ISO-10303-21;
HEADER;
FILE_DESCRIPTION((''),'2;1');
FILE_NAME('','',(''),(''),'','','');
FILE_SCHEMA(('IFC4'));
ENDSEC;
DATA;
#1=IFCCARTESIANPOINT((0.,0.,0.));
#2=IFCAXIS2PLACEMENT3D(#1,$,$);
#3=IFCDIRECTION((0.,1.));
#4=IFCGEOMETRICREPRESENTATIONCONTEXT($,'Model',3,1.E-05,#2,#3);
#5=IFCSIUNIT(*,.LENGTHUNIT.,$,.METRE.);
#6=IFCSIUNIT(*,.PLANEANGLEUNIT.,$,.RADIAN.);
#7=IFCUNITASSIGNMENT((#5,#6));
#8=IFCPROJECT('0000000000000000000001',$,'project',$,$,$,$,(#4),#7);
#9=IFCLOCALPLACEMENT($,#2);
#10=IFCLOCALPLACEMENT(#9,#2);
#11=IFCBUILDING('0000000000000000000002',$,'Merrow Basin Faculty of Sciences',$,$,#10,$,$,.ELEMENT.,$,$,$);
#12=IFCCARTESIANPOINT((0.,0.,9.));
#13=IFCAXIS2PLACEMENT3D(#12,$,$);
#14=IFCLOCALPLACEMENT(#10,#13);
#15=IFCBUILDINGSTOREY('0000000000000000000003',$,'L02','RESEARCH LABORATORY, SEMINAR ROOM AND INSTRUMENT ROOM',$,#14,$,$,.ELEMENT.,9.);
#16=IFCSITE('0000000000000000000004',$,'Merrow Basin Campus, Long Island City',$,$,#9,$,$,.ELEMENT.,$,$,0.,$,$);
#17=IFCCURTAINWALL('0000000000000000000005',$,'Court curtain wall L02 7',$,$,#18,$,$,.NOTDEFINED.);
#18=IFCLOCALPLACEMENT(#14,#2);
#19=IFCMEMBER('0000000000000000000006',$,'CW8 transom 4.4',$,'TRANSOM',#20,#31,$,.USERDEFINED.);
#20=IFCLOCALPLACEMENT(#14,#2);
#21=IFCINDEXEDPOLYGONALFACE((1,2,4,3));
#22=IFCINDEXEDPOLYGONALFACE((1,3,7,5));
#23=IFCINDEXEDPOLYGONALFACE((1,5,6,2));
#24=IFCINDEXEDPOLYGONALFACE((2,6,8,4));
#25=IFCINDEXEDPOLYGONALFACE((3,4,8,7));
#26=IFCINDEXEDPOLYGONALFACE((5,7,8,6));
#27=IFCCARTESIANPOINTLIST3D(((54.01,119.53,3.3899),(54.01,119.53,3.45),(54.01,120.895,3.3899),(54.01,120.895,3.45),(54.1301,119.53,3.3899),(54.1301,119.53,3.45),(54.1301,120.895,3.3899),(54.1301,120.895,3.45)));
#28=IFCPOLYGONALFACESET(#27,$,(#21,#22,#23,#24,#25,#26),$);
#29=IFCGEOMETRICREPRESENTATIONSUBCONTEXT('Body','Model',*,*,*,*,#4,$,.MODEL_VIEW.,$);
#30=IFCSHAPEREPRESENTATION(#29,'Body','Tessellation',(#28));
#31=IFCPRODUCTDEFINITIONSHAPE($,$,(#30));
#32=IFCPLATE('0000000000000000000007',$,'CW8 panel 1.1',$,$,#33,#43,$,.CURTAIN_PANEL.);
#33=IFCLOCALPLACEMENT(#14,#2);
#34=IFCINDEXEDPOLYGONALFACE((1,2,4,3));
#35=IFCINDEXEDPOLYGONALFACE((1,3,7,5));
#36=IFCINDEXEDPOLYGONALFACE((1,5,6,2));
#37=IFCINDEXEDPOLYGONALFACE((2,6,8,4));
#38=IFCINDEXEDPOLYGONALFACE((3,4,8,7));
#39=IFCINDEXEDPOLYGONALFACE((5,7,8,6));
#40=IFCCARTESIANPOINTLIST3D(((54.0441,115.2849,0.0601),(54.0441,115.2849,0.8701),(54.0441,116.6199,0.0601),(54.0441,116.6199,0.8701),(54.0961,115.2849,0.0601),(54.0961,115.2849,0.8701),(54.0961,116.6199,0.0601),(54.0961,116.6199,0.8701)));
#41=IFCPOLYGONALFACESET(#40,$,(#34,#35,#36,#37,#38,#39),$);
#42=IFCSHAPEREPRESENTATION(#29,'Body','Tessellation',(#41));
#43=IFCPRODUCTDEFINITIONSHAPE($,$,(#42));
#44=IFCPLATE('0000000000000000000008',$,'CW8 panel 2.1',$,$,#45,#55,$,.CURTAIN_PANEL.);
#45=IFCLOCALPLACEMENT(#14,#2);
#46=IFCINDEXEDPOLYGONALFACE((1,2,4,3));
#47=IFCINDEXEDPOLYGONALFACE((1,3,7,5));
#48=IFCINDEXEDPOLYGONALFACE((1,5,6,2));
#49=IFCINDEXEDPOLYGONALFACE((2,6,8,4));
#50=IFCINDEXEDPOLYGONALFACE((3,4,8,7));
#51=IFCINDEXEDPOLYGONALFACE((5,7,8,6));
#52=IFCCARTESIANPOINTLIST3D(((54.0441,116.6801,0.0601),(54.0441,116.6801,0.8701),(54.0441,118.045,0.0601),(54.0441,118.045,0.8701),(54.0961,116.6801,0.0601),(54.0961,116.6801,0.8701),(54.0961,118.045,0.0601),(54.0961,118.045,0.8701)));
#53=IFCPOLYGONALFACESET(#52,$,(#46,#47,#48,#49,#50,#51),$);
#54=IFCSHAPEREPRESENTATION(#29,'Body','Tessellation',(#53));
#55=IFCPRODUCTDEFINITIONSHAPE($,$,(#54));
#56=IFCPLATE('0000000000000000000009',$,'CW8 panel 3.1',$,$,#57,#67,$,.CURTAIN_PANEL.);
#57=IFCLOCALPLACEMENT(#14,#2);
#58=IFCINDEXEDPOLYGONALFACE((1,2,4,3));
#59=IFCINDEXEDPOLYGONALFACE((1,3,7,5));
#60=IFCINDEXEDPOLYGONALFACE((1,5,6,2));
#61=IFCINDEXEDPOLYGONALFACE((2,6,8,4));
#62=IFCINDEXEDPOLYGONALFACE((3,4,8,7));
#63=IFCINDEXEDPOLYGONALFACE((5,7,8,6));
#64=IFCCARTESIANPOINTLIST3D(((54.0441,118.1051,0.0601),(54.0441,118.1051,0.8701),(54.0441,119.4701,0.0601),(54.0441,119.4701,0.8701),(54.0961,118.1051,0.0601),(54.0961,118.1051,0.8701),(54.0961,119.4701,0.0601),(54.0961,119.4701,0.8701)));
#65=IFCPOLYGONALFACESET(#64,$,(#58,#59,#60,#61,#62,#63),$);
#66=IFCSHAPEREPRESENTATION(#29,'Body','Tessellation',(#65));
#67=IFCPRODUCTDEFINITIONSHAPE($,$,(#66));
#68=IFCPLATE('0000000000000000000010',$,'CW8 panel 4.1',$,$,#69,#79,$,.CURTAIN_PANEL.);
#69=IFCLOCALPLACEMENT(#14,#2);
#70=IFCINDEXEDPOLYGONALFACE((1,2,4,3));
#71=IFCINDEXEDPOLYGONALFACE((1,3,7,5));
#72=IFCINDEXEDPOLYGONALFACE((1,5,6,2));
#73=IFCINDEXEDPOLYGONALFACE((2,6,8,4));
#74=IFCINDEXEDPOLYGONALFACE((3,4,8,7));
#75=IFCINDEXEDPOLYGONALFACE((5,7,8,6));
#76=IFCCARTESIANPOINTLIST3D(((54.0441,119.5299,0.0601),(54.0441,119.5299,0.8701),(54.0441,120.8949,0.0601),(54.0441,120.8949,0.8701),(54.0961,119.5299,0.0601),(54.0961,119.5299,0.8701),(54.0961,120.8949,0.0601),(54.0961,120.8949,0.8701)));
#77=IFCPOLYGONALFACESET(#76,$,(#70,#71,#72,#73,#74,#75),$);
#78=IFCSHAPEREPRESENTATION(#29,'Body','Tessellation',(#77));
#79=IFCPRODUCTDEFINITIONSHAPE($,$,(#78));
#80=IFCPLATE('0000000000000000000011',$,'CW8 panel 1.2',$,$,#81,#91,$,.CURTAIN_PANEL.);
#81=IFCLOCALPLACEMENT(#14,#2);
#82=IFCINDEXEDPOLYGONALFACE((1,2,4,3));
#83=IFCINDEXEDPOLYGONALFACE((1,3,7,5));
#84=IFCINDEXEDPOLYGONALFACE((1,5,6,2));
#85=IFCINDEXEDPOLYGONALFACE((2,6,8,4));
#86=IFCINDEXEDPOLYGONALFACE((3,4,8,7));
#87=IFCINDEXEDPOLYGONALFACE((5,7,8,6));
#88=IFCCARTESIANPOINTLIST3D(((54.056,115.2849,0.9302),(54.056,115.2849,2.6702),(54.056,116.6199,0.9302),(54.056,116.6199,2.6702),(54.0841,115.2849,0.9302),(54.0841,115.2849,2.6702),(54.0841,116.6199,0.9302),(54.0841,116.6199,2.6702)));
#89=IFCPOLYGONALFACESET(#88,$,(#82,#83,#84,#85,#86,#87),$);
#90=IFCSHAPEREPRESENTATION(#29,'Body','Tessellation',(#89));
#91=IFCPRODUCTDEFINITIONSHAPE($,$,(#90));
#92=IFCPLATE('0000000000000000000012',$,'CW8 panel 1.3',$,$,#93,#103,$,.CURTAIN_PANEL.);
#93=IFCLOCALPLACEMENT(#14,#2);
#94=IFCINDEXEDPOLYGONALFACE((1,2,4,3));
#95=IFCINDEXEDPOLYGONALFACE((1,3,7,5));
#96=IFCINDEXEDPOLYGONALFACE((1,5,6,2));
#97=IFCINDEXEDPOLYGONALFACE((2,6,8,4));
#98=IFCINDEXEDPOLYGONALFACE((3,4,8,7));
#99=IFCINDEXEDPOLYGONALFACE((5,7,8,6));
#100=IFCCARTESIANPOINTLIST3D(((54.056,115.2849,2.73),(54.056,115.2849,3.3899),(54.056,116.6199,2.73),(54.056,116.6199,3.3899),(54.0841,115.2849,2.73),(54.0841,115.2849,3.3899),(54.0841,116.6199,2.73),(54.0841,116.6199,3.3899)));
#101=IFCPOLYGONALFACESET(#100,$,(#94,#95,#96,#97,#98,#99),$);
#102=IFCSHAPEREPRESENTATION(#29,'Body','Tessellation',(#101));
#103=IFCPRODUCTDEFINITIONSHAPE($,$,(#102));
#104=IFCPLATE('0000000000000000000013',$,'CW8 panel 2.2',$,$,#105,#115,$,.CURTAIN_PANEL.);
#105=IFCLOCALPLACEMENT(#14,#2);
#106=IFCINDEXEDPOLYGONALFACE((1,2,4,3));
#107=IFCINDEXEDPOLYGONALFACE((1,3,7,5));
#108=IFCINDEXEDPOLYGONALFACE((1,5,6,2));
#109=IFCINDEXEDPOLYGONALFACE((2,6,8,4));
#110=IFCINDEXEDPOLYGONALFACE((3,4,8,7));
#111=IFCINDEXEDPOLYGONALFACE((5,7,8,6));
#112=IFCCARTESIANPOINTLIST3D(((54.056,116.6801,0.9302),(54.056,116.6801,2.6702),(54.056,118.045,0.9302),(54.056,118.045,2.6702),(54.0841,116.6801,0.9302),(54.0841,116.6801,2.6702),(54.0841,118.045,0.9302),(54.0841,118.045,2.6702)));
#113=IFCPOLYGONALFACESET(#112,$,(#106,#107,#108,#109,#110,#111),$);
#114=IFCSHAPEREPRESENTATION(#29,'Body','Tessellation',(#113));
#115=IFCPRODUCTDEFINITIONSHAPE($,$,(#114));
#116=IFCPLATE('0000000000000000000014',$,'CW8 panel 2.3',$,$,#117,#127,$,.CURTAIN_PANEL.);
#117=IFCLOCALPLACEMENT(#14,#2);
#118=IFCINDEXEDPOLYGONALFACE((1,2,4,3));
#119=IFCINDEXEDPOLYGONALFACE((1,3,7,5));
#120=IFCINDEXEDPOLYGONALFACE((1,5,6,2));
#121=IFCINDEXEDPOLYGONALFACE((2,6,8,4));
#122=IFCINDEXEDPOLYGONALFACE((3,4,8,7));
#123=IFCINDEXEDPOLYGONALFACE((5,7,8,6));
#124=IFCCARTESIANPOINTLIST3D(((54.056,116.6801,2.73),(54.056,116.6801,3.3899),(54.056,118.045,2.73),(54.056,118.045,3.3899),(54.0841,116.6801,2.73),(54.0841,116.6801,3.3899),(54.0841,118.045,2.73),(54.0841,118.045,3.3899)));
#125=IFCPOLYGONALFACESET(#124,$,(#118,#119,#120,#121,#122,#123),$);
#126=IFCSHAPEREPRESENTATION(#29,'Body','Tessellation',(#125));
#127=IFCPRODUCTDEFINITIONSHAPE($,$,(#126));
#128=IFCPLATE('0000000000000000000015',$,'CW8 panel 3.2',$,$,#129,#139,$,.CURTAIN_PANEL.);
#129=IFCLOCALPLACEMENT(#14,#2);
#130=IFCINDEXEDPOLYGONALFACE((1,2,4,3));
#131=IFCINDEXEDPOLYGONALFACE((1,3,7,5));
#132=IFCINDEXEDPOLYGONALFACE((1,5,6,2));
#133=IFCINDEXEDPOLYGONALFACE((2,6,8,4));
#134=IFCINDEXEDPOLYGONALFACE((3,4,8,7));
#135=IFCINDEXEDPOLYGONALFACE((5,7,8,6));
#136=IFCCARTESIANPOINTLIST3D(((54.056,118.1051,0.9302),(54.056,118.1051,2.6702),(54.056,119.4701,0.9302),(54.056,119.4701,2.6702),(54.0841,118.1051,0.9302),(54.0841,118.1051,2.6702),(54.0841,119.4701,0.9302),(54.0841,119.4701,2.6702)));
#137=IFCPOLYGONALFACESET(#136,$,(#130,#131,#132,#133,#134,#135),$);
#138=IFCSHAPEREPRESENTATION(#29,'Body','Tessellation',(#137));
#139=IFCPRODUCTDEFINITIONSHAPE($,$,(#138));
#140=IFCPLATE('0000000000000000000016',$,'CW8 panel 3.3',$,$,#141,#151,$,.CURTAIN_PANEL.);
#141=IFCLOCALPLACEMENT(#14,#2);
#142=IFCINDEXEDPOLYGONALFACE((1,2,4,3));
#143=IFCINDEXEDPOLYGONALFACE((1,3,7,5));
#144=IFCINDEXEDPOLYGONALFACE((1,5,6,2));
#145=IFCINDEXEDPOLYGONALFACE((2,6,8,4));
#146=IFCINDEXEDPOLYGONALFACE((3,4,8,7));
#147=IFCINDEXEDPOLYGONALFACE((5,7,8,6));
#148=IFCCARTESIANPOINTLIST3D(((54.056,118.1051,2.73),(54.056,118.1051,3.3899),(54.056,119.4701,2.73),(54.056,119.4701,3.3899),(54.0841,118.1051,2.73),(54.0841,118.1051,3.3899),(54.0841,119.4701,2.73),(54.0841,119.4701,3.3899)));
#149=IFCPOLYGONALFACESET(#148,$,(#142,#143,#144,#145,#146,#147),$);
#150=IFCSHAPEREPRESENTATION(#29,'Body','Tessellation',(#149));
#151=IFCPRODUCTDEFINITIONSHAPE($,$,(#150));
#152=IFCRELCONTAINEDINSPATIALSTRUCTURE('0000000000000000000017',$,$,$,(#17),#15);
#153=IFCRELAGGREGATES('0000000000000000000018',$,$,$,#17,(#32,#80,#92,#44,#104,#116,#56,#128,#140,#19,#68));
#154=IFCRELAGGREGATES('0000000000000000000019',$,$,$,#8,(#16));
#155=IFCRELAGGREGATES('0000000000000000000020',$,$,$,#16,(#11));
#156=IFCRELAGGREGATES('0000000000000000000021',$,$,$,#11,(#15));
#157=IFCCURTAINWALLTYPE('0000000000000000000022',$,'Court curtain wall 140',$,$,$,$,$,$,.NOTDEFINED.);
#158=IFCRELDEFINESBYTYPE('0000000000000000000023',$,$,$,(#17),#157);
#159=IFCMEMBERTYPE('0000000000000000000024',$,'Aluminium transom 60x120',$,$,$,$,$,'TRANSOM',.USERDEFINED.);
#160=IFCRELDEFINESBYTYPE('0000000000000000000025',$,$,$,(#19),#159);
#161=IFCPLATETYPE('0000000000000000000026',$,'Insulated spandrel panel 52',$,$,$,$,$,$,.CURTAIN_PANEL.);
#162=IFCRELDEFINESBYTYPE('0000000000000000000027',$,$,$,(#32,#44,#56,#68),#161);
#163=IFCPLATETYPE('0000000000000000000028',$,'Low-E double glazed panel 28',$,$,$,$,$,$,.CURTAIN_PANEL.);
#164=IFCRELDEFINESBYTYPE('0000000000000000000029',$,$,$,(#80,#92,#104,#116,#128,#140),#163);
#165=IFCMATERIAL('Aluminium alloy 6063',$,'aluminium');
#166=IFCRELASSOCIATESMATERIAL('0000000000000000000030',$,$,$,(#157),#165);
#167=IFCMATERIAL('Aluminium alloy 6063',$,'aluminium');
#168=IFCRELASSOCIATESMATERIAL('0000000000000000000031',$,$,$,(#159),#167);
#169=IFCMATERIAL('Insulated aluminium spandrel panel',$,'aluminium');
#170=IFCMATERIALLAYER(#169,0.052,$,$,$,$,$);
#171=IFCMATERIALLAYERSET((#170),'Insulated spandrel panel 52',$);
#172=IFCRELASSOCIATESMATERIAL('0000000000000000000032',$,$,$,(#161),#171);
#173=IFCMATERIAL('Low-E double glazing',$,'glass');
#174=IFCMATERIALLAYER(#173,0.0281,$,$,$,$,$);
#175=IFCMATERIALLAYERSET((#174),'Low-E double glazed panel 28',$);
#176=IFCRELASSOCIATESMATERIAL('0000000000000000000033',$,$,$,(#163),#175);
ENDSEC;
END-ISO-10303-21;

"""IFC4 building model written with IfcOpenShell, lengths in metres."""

from ifc_helpers import new_model, si_unit, direction, frame, origin, origin_2d, place, context, subcontext, project, spatial, rectangle, extrude, material, layer, layer_set, material_profile, profile_set, type_object, element, aggregate, save


model = new_model("IFC4")

# Units and contexts
model_context = context("Model", 3, precision=1e-05, world=origin(), true_north=direction((0.0, 1.0)))
body_context = subcontext(model_context, "Body", "Model", "MODEL_VIEW")
ifc_project = project(units=[si_unit("LENGTHUNIT", "METRE"), si_unit("PLANEANGLEUNIT", "RADIAN")], contexts=[model_context])

# Site, building, storey
site_placement = place(None, origin())
site = spatial("IfcSite", under=ifc_project, at=site_placement, Name="Merrow Basin Campus, Long Island City", CompositionType="ELEMENT", RefElevation=0.0)
building_placement = place(site_placement, origin())
building = spatial("IfcBuilding", under=site, at=building_placement, Name="Merrow Basin Faculty of Sciences", CompositionType="ELEMENT")
storey_placement = place(building_placement, frame((0.0, 0.0, 9.0)))
storey = spatial("IfcBuildingStorey", under=building, at=storey_placement, Name="L02", Description="RESEARCH LABORATORY, SEMINAR ROOM AND INSTRUMENT ROOM", CompositionType="ELEMENT", Elevation=9.0)

# Curtain wall, member, plates
ifc_material_1 = material(Name="Aluminium alloy 6063", Category="aluminium")
curtain_wall_type = type_object("IfcCurtainWallType", Name="Court curtain wall 140", PredefinedType="NOTDEFINED", material=ifc_material_1)
curtain_wall_placement = place(storey_placement, origin())
curtain_wall = element("IfcCurtainWall", 1, at=curtain_wall_placement, inside=storey, type_object=curtain_wall_type, Name="Court curtain wall L02 7", PredefinedType="NOTDEFINED")
ifc_material_2 = material(Name="Aluminium alloy 6063", Category="aluminium")
ifc_material_profile_1 = material_profile(ifc_material_2, rectangle(XDim=0.1201, YDim=0.0601, at=origin_2d()))
ifc_profile_set_1 = profile_set([ifc_material_profile_1], Name="Aluminium alloy 6063")
member_type_1 = type_object("IfcMemberType", Name="Aluminium transom 60x120", ElementType="TRANSOM", PredefinedType="USERDEFINED", material=ifc_profile_set_1)
member_1_placement = place(storey_placement, frame((54.0701, 119.53, 3.4199), z_axis=(0.0, 1.0, 0.0), x_axis=(-1.0, 0.0, 0.0)))
member_1 = element("IfcMember", 2, at=member_1_placement, type_object=member_type_1, Name="CW8 transom 4.4", ObjectType="TRANSOM", PredefinedType="USERDEFINED", context=body_context, shape_type="SweptSolid", body=[
    extrude(rectangle(XDim=0.1201, YDim=0.0601, at=origin_2d()), origin(), (0.0, 0.0, 1.0), 1.365),
])
ifc_material_3 = material(Name="Insulated aluminium spandrel panel", Category="aluminium")
ifc_layer_1 = layer(ifc_material_3, 0.052)
ifc_layer_set_1 = layer_set([ifc_layer_1], Name="Insulated spandrel panel 52")
plate_type_1 = type_object("IfcPlateType", Name="Insulated spandrel panel 52", PredefinedType="CURTAIN_PANEL", material=ifc_layer_set_1)
plate_1_placement = place(storey_placement, frame((54.0701, 115.9524, 0.0601), z_axis=(0.0, 0.0, 1.0), x_axis=(0.0, 1.0, 0.0)))
plate_1 = element("IfcPlate", 3, at=plate_1_placement, type_object=plate_type_1, Name="CW8 panel 1.1", PredefinedType="CURTAIN_PANEL", context=body_context, shape_type="SweptSolid", body=[
    extrude(rectangle(XDim=1.335, YDim=0.052, at=origin_2d()), origin(), (0.0, 0.0, 1.0), 0.8101),
])
plate_2_placement = place(storey_placement, frame((54.0701, 117.3625, 0.0601), z_axis=(0.0, 0.0, 1.0), x_axis=(0.0, 1.0, 0.0)))
plate_2 = element("IfcPlate", 4, at=plate_2_placement, type_object=plate_type_1, Name="CW8 panel 2.1", PredefinedType="CURTAIN_PANEL", context=body_context, shape_type="SweptSolid", body=[
    extrude(rectangle(XDim=1.365, YDim=0.052, at=origin_2d()), origin(), (0.0, 0.0, 1.0), 0.8101),
])
plate_3_placement = place(storey_placement, frame((54.0701, 118.7876, 0.0601), z_axis=(0.0, 0.0, 1.0), x_axis=(0.0, 1.0, 0.0)))
plate_3 = element("IfcPlate", 5, at=plate_3_placement, type_object=plate_type_1, Name="CW8 panel 3.1", PredefinedType="CURTAIN_PANEL", context=body_context, shape_type="SweptSolid", body=[
    extrude(rectangle(XDim=1.365, YDim=0.052, at=origin_2d()), origin(), (0.0, 0.0, 1.0), 0.8101),
])
plate_4_placement = place(storey_placement, frame((54.0701, 120.2124, 0.0601), z_axis=(0.0, 0.0, 1.0), x_axis=(0.0, 1.0, 0.0)))
plate_4 = element("IfcPlate", 6, at=plate_4_placement, type_object=plate_type_1, Name="CW8 panel 4.1", PredefinedType="CURTAIN_PANEL", context=body_context, shape_type="SweptSolid", body=[
    extrude(rectangle(XDim=1.365, YDim=0.052, at=origin_2d()), origin(), (0.0, 0.0, 1.0), 0.8101),
])
ifc_material_4 = material(Name="Low-E double glazing", Category="glass")
ifc_layer_2 = layer(ifc_material_4, 0.0281)
ifc_layer_set_2 = layer_set([ifc_layer_2], Name="Low-E double glazed panel 28")
plate_type_2 = type_object("IfcPlateType", Name="Low-E double glazed panel 28", PredefinedType="CURTAIN_PANEL", material=ifc_layer_set_2)
plate_5_placement = place(storey_placement, frame((54.0701, 115.9524, 0.9302), z_axis=(0.0, 0.0, 1.0), x_axis=(0.0, 1.0, 0.0)))
plate_5 = element("IfcPlate", 7, at=plate_5_placement, type_object=plate_type_2, Name="CW8 panel 1.2", PredefinedType="CURTAIN_PANEL", context=body_context, shape_type="SweptSolid", body=[
    extrude(rectangle(XDim=1.335, YDim=0.0281, at=origin_2d()), origin(), (0.0, 0.0, 1.0), 1.74),
])
plate_6_placement = place(storey_placement, frame((54.0701, 115.9524, 2.73), z_axis=(0.0, 0.0, 1.0), x_axis=(0.0, 1.0, 0.0)))
plate_6 = element("IfcPlate", 8, at=plate_6_placement, type_object=plate_type_2, Name="CW8 panel 1.3", PredefinedType="CURTAIN_PANEL", context=body_context, shape_type="SweptSolid", body=[
    extrude(rectangle(XDim=1.335, YDim=0.0281, at=origin_2d()), origin(), (0.0, 0.0, 1.0), 0.6599),
])
plate_7_placement = place(storey_placement, frame((54.0701, 117.3625, 0.9302), z_axis=(0.0, 0.0, 1.0), x_axis=(0.0, 1.0, 0.0)))
plate_7 = element("IfcPlate", 9, at=plate_7_placement, type_object=plate_type_2, Name="CW8 panel 2.2", PredefinedType="CURTAIN_PANEL", context=body_context, shape_type="SweptSolid", body=[
    extrude(rectangle(XDim=1.365, YDim=0.0281, at=origin_2d()), origin(), (0.0, 0.0, 1.0), 1.74),
])
plate_8_placement = place(storey_placement, frame((54.0701, 117.3625, 2.73), z_axis=(0.0, 0.0, 1.0), x_axis=(0.0, 1.0, 0.0)))
plate_8 = element("IfcPlate", 10, at=plate_8_placement, type_object=plate_type_2, Name="CW8 panel 2.3", PredefinedType="CURTAIN_PANEL", context=body_context, shape_type="SweptSolid", body=[
    extrude(rectangle(XDim=1.365, YDim=0.0281, at=origin_2d()), origin(), (0.0, 0.0, 1.0), 0.6599),
])
plate_9_placement = place(storey_placement, frame((54.0701, 118.7876, 0.9302), z_axis=(0.0, 0.0, 1.0), x_axis=(0.0, 1.0, 0.0)))
plate_9 = element("IfcPlate", 11, at=plate_9_placement, type_object=plate_type_2, Name="CW8 panel 3.2", PredefinedType="CURTAIN_PANEL", context=body_context, shape_type="SweptSolid", body=[
    extrude(rectangle(XDim=1.365, YDim=0.0281, at=origin_2d()), origin(), (0.0, 0.0, 1.0), 1.74),
])
plate_10_placement = place(storey_placement, frame((54.0701, 118.7876, 2.73), z_axis=(0.0, 0.0, 1.0), x_axis=(0.0, 1.0, 0.0)))
plate_10 = element("IfcPlate", 12, at=plate_10_placement, type_object=plate_type_2, Name="CW8 panel 3.3", PredefinedType="CURTAIN_PANEL", context=body_context, shape_type="SweptSolid", body=[
    extrude(rectangle(XDim=1.365, YDim=0.0281, at=origin_2d()), origin(), (0.0, 0.0, 1.0), 0.6599),
])
aggregate(curtain_wall, [plate_1, plate_5, plate_6, plate_2, plate_7, plate_8, plate_3, plate_9, plate_10, member_1, plate_4])

save(model, "model.ifc")
